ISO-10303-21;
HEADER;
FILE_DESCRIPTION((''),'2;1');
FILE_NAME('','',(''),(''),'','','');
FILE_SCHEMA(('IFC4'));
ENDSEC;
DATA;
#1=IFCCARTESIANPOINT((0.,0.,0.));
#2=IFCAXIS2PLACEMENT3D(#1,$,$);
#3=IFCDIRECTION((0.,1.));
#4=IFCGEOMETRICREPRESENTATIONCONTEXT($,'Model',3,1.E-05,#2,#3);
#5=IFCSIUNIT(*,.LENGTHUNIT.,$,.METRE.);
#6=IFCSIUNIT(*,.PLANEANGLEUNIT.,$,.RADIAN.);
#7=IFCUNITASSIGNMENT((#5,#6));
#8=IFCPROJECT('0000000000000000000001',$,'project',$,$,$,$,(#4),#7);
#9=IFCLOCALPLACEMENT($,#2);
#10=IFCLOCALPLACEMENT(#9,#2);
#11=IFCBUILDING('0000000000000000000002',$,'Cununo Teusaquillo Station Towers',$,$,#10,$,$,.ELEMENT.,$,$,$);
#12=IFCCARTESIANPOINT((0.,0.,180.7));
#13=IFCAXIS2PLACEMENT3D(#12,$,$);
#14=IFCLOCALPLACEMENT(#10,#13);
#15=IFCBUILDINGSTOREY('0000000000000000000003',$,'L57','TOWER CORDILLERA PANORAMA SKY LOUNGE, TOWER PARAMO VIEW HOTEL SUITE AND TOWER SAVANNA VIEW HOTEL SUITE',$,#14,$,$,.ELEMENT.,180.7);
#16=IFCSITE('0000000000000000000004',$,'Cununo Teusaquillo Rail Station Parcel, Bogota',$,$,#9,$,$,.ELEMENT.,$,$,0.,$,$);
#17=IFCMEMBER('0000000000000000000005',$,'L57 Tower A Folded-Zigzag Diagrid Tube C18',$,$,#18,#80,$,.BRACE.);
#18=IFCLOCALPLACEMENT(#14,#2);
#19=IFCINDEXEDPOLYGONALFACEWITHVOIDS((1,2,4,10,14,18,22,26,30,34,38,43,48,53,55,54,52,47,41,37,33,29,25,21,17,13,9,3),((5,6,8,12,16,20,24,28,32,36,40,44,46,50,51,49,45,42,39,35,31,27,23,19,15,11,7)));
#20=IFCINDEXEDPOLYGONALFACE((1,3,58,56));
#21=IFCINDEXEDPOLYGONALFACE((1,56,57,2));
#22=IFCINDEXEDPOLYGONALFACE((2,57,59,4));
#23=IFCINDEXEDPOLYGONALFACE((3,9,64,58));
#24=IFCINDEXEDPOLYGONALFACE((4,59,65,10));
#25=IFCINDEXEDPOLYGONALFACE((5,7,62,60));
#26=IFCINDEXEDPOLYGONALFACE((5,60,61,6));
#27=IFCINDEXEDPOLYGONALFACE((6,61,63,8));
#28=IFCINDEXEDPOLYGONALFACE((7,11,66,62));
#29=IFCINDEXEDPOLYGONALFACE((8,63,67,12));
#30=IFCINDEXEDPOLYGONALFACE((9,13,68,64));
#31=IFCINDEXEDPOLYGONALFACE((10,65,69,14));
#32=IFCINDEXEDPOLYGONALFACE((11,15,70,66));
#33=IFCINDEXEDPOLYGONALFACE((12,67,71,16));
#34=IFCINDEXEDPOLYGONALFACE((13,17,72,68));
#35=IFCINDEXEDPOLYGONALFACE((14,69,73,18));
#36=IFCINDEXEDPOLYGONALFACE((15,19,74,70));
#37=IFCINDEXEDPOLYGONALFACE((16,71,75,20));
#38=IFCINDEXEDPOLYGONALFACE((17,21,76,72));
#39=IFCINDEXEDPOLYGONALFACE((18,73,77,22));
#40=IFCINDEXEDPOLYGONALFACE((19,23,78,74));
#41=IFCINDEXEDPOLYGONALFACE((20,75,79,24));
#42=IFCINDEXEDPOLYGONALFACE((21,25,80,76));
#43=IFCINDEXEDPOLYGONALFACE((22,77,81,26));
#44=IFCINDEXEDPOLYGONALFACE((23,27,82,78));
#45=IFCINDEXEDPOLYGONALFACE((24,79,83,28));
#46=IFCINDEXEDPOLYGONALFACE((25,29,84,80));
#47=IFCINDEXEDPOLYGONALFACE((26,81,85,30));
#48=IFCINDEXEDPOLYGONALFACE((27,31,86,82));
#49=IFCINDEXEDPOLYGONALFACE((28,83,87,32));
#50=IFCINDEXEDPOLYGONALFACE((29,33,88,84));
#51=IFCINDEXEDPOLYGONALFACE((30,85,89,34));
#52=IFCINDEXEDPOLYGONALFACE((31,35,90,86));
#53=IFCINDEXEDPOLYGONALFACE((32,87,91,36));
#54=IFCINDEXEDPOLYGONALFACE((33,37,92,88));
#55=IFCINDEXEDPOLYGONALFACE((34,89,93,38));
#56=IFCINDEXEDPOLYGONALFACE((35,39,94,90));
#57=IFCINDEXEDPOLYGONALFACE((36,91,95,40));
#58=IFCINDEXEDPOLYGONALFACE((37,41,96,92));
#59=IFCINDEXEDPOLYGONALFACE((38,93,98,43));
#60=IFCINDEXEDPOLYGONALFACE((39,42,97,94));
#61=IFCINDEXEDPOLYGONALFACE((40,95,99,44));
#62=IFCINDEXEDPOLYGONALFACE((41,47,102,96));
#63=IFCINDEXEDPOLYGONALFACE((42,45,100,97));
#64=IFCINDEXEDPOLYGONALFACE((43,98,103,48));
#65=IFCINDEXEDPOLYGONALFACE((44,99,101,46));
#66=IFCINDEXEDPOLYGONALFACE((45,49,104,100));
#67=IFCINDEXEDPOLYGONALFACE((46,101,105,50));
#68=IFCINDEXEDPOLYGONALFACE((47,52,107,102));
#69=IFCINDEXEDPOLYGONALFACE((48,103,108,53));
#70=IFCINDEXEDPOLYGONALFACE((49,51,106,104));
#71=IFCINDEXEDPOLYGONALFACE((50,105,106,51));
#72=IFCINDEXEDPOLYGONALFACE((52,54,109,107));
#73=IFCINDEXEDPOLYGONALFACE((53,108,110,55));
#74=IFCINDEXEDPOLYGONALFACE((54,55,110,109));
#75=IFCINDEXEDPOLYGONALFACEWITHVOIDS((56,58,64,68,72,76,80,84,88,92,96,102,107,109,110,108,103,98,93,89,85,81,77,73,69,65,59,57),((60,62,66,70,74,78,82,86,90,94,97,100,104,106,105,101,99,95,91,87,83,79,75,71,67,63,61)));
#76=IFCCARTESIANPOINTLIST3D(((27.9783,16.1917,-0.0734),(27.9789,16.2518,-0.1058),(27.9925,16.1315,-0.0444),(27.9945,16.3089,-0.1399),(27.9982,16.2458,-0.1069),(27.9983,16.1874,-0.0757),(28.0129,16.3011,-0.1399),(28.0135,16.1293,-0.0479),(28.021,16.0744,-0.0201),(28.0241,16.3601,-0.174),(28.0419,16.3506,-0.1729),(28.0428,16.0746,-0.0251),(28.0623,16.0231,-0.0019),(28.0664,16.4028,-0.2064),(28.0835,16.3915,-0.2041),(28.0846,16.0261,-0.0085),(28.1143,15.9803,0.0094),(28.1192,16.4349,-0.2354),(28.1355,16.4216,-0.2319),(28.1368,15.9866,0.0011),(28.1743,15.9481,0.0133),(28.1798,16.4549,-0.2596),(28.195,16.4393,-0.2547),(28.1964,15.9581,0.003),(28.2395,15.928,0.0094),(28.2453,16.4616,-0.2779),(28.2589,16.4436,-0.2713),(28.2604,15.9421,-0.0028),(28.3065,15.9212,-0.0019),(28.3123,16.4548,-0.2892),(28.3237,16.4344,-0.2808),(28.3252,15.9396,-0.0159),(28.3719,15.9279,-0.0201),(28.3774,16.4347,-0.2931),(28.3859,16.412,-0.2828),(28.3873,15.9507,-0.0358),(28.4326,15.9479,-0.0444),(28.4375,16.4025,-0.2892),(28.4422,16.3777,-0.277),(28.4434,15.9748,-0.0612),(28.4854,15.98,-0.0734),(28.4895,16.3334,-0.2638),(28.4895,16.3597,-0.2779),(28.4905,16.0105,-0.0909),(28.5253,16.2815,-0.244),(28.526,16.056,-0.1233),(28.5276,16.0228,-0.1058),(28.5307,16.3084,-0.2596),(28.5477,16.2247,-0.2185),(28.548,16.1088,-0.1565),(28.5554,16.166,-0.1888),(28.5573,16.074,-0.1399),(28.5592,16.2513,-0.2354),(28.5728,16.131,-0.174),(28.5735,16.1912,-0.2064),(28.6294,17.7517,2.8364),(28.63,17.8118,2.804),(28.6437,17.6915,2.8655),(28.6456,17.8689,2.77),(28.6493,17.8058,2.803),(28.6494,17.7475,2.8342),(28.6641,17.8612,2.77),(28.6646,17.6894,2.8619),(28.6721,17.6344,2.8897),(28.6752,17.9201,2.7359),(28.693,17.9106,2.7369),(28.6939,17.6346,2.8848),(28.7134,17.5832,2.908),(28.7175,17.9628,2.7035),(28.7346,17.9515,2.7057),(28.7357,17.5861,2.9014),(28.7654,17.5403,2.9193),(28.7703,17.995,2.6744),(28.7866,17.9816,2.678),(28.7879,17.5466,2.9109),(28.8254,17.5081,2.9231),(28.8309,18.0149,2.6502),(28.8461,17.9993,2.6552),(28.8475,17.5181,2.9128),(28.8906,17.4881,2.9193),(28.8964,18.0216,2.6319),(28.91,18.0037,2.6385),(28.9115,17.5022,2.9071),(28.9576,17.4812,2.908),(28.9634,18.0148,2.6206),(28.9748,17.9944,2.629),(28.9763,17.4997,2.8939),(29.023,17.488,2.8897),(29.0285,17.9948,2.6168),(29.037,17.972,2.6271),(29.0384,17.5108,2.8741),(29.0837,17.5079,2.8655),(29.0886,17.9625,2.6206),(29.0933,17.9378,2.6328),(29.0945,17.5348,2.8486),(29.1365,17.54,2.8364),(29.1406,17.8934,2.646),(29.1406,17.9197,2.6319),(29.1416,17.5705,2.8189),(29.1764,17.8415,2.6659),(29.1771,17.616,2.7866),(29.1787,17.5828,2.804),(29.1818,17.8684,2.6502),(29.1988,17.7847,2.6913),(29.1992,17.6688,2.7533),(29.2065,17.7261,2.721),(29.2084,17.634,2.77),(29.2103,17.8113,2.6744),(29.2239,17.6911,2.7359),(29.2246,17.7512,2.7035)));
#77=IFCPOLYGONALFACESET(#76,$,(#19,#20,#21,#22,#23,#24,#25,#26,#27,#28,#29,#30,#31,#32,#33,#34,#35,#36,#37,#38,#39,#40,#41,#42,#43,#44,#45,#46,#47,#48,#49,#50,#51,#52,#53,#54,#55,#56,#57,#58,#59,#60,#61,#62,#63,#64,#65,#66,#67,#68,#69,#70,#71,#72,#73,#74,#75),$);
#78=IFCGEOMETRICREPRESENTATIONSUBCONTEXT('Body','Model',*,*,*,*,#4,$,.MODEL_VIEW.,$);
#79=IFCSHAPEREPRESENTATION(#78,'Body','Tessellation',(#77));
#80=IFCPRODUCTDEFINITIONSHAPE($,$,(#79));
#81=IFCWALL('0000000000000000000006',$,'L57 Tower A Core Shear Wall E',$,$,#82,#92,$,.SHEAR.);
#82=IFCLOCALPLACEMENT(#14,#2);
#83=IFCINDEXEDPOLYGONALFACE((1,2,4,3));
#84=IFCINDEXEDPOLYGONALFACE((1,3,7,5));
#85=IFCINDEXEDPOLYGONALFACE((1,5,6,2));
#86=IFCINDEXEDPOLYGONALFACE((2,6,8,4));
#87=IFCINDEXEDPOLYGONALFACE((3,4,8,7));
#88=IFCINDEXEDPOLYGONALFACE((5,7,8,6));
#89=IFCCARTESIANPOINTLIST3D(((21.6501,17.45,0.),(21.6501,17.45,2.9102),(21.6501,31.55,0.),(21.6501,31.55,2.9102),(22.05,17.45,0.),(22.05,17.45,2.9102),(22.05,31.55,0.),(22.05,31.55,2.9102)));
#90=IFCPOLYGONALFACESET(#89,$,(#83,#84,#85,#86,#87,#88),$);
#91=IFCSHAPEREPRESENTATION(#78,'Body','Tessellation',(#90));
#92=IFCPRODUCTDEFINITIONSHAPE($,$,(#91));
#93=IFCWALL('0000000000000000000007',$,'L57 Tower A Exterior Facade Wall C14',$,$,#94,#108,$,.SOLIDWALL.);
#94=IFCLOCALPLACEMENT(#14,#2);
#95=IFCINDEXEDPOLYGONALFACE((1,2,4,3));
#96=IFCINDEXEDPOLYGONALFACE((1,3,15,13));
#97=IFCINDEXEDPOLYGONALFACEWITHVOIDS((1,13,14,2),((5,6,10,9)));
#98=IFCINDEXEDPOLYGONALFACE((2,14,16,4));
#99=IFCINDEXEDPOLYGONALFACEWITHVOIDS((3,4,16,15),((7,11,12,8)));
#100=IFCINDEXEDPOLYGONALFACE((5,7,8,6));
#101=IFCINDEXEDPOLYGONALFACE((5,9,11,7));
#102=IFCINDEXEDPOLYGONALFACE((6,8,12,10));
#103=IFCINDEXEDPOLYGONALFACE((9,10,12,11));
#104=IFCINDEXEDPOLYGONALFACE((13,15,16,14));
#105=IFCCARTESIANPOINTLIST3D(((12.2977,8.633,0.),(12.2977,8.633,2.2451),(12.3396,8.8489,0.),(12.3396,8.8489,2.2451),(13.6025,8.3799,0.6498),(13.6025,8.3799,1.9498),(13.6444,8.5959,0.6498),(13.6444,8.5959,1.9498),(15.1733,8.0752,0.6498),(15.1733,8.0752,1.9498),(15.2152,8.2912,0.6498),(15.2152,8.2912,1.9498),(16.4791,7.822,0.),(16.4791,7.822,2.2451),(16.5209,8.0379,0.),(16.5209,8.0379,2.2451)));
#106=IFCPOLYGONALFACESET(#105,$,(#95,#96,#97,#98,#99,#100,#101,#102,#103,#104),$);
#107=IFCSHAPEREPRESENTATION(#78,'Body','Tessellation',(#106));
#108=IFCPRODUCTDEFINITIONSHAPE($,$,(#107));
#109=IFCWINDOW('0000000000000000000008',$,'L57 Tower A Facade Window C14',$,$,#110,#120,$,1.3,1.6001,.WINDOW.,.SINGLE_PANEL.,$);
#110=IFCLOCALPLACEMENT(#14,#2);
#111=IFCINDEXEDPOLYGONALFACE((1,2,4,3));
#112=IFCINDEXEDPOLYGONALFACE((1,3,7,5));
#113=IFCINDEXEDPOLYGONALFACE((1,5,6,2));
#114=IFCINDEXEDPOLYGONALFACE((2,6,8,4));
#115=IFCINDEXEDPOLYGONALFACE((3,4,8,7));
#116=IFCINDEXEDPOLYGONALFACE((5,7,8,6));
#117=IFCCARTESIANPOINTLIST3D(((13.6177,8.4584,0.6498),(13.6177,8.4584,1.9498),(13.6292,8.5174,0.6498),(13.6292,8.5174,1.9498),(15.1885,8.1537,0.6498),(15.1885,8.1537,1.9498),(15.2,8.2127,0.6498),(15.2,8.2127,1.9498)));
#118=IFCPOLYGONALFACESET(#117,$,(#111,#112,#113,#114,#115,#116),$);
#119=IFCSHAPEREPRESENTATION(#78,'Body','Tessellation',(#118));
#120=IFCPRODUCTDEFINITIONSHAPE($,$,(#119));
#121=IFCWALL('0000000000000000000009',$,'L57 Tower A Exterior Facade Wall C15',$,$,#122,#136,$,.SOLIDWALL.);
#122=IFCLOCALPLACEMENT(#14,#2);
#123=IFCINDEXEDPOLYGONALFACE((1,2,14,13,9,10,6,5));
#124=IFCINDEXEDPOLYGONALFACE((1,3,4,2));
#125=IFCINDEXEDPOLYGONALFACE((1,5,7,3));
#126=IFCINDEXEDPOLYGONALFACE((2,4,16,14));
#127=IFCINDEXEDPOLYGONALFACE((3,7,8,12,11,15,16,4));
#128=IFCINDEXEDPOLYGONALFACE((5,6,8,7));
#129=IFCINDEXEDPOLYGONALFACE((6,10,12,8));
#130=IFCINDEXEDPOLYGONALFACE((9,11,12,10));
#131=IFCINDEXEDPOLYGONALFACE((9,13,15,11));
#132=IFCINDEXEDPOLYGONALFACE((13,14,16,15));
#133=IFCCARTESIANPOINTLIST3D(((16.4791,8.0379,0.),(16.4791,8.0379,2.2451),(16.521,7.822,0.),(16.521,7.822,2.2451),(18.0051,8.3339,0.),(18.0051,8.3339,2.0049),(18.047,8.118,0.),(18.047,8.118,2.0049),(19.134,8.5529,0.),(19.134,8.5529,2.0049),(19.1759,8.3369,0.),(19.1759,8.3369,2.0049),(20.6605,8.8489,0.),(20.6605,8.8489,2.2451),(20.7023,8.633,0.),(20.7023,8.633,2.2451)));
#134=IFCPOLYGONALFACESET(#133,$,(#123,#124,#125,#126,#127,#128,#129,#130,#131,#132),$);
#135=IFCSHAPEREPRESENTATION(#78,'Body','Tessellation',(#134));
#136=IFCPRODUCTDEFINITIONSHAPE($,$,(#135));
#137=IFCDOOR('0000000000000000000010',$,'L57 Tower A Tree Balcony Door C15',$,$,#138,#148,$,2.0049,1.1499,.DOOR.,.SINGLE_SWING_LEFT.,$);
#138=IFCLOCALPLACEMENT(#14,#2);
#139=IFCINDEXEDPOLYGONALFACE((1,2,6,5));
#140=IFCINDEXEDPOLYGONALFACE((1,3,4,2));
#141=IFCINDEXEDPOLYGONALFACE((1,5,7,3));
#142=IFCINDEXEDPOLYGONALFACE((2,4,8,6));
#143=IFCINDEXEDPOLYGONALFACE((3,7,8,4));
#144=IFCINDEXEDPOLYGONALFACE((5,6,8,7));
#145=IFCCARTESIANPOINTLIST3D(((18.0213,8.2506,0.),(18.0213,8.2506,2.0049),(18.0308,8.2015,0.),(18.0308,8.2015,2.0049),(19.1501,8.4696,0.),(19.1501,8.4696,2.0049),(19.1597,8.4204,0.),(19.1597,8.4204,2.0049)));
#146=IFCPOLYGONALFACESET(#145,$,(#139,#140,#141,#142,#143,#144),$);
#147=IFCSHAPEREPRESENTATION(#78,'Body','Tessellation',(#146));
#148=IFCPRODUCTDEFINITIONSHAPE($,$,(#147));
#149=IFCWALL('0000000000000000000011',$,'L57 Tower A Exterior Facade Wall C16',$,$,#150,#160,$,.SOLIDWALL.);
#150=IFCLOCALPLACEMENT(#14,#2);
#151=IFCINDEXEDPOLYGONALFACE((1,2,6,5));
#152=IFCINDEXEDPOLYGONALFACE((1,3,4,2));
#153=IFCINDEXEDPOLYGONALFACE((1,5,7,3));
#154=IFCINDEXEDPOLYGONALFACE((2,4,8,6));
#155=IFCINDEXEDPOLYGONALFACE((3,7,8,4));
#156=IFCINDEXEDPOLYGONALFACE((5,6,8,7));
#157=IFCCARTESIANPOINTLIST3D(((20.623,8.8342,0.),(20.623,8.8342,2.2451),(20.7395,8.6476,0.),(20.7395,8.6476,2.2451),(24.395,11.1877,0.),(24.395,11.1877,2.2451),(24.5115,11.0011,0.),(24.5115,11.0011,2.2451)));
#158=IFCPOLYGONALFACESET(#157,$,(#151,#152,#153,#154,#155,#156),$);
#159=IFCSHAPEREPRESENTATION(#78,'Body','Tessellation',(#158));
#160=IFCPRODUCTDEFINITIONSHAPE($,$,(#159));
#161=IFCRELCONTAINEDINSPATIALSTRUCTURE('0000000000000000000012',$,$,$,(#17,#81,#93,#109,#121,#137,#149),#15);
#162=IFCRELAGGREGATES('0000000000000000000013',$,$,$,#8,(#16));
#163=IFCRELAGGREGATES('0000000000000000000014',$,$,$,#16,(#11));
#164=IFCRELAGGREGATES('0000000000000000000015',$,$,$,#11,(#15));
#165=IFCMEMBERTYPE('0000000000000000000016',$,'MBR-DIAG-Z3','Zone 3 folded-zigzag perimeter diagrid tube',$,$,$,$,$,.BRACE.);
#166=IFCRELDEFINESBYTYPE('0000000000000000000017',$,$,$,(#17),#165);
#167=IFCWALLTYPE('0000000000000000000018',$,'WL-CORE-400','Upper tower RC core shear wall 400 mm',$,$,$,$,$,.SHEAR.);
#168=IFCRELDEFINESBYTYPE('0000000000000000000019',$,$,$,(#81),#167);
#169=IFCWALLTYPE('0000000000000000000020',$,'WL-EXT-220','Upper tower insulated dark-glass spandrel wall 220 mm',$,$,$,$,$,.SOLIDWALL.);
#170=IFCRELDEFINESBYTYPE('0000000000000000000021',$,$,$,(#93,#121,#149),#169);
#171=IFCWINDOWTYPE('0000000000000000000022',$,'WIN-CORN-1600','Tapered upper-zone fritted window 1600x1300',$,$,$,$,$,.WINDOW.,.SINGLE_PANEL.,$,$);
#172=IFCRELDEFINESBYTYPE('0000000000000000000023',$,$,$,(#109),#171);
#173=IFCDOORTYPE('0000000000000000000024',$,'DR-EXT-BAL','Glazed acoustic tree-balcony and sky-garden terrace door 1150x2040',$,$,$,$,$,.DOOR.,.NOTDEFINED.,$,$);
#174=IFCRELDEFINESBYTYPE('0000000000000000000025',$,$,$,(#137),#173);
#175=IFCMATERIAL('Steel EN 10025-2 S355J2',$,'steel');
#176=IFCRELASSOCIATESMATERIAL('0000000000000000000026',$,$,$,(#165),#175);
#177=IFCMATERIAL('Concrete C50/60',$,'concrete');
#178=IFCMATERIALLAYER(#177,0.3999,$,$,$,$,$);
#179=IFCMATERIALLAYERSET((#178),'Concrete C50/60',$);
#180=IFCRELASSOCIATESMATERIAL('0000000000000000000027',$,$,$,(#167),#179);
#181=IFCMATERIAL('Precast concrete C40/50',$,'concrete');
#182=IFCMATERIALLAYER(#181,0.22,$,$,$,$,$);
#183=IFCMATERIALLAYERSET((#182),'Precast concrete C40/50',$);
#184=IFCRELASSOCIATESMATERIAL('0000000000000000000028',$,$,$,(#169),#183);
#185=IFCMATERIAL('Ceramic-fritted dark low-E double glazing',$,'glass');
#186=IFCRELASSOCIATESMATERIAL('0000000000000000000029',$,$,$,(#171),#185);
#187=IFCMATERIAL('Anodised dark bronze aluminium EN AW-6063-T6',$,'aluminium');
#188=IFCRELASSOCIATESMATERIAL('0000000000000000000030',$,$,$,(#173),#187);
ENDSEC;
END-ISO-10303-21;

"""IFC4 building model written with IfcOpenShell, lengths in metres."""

from ifc_helpers import new_model, si_unit, direction, frame, frame_2d, origin, origin_2d, place, context, subcontext, project, spatial, rectangle, hollow_circle, extrude, source, transform, mapped, material, layer, layer_set, material_profile, profile_set, type_object, element, fill, save


model = new_model("IFC4")

# Units and contexts
model_context = context("Model", 3, precision=1e-05, world=origin(), true_north=direction((0.0, 1.0)))
body_context = subcontext(model_context, "Body", "Model", "MODEL_VIEW")
ifc_project = project(units=[si_unit("LENGTHUNIT", "METRE"), si_unit("PLANEANGLEUNIT", "RADIAN")], contexts=[model_context])

# Site, building, storey
site_placement = place(None, origin())
site = spatial("IfcSite", under=ifc_project, at=site_placement, Name="Cununo Teusaquillo Rail Station Parcel, Bogota", CompositionType="ELEMENT", RefElevation=0.0)
building_placement = place(site_placement, origin())
building = spatial("IfcBuilding", under=site, at=building_placement, Name="Cununo Teusaquillo Station Towers", CompositionType="ELEMENT")
storey_placement = place(building_placement, frame((0.0, 0.0, 180.7)))
storey = spatial("IfcBuildingStorey", under=building, at=storey_placement, Name="L57", Description="TOWER CORDILLERA PANORAMA SKY LOUNGE, TOWER PARAMO VIEW HOTEL SUITE AND TOWER SAVANNA VIEW HOTEL SUITE", CompositionType="ELEMENT", Elevation=180.7)

# Member
ifc_material_1 = material(Name="Steel EN 10025-2 S355J2", Category="steel")
ifc_material_profile_1 = material_profile(ifc_material_1, hollow_circle(Radius=0.3049, WallThickness=0.02, at=origin_2d()), Name="CHS 610x20")
ifc_profile_set_1 = profile_set([ifc_material_profile_1], Name="Steel EN 10025-2 S355J2")
member_type = type_object("IfcMemberType", Name="MBR-DIAG-Z3", Description="Zone 3 folded-zigzag perimeter diagrid tube", PredefinedType="BRACE", material=ifc_profile_set_1)
member_1_placement = place(storey_placement, frame((28.2759, 16.1914, -0.1399), z_axis=(0.193481, 0.46357, 0.864678), x_axis=(-0.922846, 0.385169, 0.0)))
element("IfcMember", 1, at=member_1_placement, inside=storey, type_object=member_type, Name="L57 Tower A Folded-Zigzag Diagrid Tube C18", PredefinedType="BRACE", context=body_context, shape_type="SweptSolid", body=[
    extrude(hollow_circle(Radius=0.3049, WallThickness=0.02, at=origin_2d()), origin(), (0.0, 0.0, 1.0), 3.3652),
])

# Wall
ifc_material_2 = material(Name="Concrete C50/60", Category="concrete")
ifc_layer_1 = layer(ifc_material_2, 0.3999)
ifc_layer_set_1 = layer_set([ifc_layer_1], Name="Concrete C50/60")
wall_type_1 = type_object("IfcWallType", Name="WL-CORE-400", Description="Upper tower RC core shear wall 400 mm", PredefinedType="SHEAR", material=ifc_layer_set_1)
wall_1_placement = place(storey_placement, frame((21.8501, 17.45, 0.0), z_axis=(0.0, 0.0, 1.0), x_axis=(0.0, 1.0, 0.0)))
element("IfcWall", 2, at=wall_1_placement, inside=storey, type_object=wall_type_1, Name="L57 Tower A Core Shear Wall E", PredefinedType="SHEAR", context=body_context, shape_type="SweptSolid", body=[
    extrude(rectangle(XDim=14.1001, YDim=0.3999, at=frame_2d((7.05, 0.0))), origin(), (0.0, 0.0, 1.0), 2.9102),
])

# Wall, opening, window
ifc_material_3 = material(Name="Precast concrete C40/50", Category="concrete")
ifc_layer_2 = layer(ifc_material_3, 0.22)
ifc_layer_set_2 = layer_set([ifc_layer_2], Name="Precast concrete C40/50")
wall_type_2 = type_object("IfcWallType", Name="WL-EXT-220", Description="Upper tower insulated dark-glass spandrel wall 220 mm", PredefinedType="SOLIDWALL", material=ifc_layer_set_2)
wall_2_placement = place(storey_placement, frame((16.5, 7.9299, 0.0), z_axis=(0.0, 0.0, 1.0), x_axis=(-0.981704, 0.190414, 0.0)))
wall_2 = element("IfcWall", 3, at=wall_2_placement, inside=storey, type_object=wall_type_2, Name="L57 Tower A Exterior Facade Wall C14", PredefinedType="SOLIDWALL", context=body_context, shape_type="SweptSolid", body=[
    extrude(rectangle(XDim=4.2593, YDim=0.22, at=frame_2d((2.1296, 0.0))), origin(), (0.0, 0.0, 1.0), 2.2451),
])
shared_shape_1 = source(origin(), body_context, "Body", "SweptSolid", [
    extrude(rectangle(XDim=1.6001, YDim=1.3, at=frame_2d((0.8, 0.6499))), frame((0.0, 0.1199, 0.0), z_axis=(0.0, -1.0, 0.0), x_axis=(1.0, 0.0, 0.0)), (0.0, 0.0, 1.0), 0.24),
])
opening_1_placement = place(wall_2_placement, frame((1.3301, 0.0, 0.6499)))
opening_1 = element("IfcOpeningElement", 4, at=opening_1_placement, cuts=wall_2, PredefinedType="OPENING", context=body_context, shape_type="MappedRepresentation", body=[
    mapped(shared_shape_1, transform((0.0, 0.0, 0.0), x_axis=(1.0, 0.0, 0.0), y_axis=(0.0, 1.0, 0.0), z_axis=(0.0, 0.0, 1.0), scale=1.0)),
])
ifc_material_4 = material(Name="Ceramic-fritted dark low-E double glazing", Category="glass")
window_type = type_object("IfcWindowType", Name="WIN-CORN-1600", Description="Tapered upper-zone fritted window 1600x1300", PartitioningType="SINGLE_PANEL", PredefinedType="WINDOW", material=ifc_material_4)
shared_shape_2 = source(origin(), body_context, "Body", "SweptSolid", [
    extrude(rectangle(XDim=1.6001, YDim=1.3, at=frame_2d((0.8, 0.6499))), frame((0.0, 0.03, 0.0), z_axis=(0.0, -1.0, 0.0), x_axis=(1.0, 0.0, 0.0)), (0.0, 0.0, 1.0), 0.0601),
])
window_1_placement = place(opening_1_placement, origin())
window_1 = element("IfcWindow", 5, at=window_1_placement, inside=storey, type_object=window_type, Name="L57 Tower A Facade Window C14", OverallHeight=1.3, OverallWidth=1.6001, PartitioningType="SINGLE_PANEL", PredefinedType="WINDOW", context=body_context, shape_type="MappedRepresentation", body=[
    mapped(shared_shape_2, transform((0.0, 0.0, 0.0), x_axis=(1.0, 0.0, 0.0), y_axis=(0.0, 1.0, 0.0), z_axis=(0.0, 0.0, 1.0), scale=1.0)),
])
fill(opening_1, window_1)

# Wall, opening, door
wall_3_placement = place(storey_placement, frame((20.6814, 8.741, 0.0), z_axis=(0.0, 0.0, 1.0), x_axis=(-0.981704, -0.190414, 0.0)))
wall_3 = element("IfcWall", 6, at=wall_3_placement, inside=storey, type_object=wall_type_2, Name="L57 Tower A Exterior Facade Wall C15", PredefinedType="SOLIDWALL", context=body_context, shape_type="SweptSolid", body=[
    extrude(rectangle(XDim=4.2593, YDim=0.22, at=frame_2d((2.1296, 0.0))), origin(), (0.0, 0.0, 1.0), 2.2451),
])
shared_shape_3 = source(origin(), body_context, "Body", "SweptSolid", [
    extrude(rectangle(XDim=1.1499, YDim=2.0049, at=frame_2d((0.575, 1.0024))), frame((0.0, 0.1199, 0.0), z_axis=(0.0, -1.0, 0.0), x_axis=(1.0, 0.0, 0.0)), (0.0, 0.0, 1.0), 0.24),
])
opening_2_placement = place(wall_3_placement, frame((1.5549, 0.0, 0.0)))
opening_2 = element("IfcOpeningElement", 7, at=opening_2_placement, cuts=wall_3, PredefinedType="OPENING", context=body_context, shape_type="MappedRepresentation", body=[
    mapped(shared_shape_3, transform((0.0, 0.0, 0.0), x_axis=(1.0, 0.0, 0.0), y_axis=(0.0, 1.0, 0.0), z_axis=(0.0, 0.0, 1.0), scale=1.0)),
])
ifc_material_5 = material(Name="Anodised dark bronze aluminium EN AW-6063-T6", Category="aluminium")
door_type_1 = type_object("IfcDoorType", Name="DR-EXT-BAL", Description="Glazed acoustic tree-balcony and sky-garden terrace door 1150x2040", OperationType="NOTDEFINED", PredefinedType="DOOR", material=ifc_material_5)
shared_shape_4 = source(origin(), body_context, "Body", "SweptSolid", [
    extrude(rectangle(XDim=1.1499, YDim=2.0049, at=frame_2d((0.575, 1.0024))), frame((0.0, 0.0249, 0.0), z_axis=(0.0, -1.0, 0.0), x_axis=(1.0, 0.0, 0.0)), (0.0, 0.0, 1.0), 0.05),
])
door_1_placement = place(opening_2_placement, origin())
door_1 = element("IfcDoor", 8, at=door_1_placement, inside=storey, type_object=door_type_1, Name="L57 Tower A Tree Balcony Door C15", OperationType="SINGLE_SWING_LEFT", OverallHeight=2.0049, OverallWidth=1.1499, PredefinedType="DOOR", context=body_context, shape_type="MappedRepresentation", body=[
    mapped(shared_shape_4, transform((0.0, 0.0, 0.0), x_axis=(1.0, 0.0, 0.0), y_axis=(0.0, 1.0, 0.0), z_axis=(0.0, 0.0, 1.0), scale=1.0)),
])
fill(opening_2, door_1)

# Wall
wall_4_placement = place(storey_placement, frame((24.4534, 11.0945, 0.0), z_axis=(0.0, 0.0, 1.0), x_axis=(-0.848399, -0.529357, 0.0)))
element("IfcWall", 9, at=wall_4_placement, inside=storey, type_object=wall_type_2, Name="L57 Tower A Exterior Facade Wall C16", PredefinedType="SOLIDWALL", context=body_context, shape_type="SweptSolid", body=[
    extrude(rectangle(XDim=4.446, YDim=0.22, at=frame_2d((2.2231, 0.0))), origin(), (0.0, 0.0, 1.0), 2.2451),
])

save(model, "model.ifc")
